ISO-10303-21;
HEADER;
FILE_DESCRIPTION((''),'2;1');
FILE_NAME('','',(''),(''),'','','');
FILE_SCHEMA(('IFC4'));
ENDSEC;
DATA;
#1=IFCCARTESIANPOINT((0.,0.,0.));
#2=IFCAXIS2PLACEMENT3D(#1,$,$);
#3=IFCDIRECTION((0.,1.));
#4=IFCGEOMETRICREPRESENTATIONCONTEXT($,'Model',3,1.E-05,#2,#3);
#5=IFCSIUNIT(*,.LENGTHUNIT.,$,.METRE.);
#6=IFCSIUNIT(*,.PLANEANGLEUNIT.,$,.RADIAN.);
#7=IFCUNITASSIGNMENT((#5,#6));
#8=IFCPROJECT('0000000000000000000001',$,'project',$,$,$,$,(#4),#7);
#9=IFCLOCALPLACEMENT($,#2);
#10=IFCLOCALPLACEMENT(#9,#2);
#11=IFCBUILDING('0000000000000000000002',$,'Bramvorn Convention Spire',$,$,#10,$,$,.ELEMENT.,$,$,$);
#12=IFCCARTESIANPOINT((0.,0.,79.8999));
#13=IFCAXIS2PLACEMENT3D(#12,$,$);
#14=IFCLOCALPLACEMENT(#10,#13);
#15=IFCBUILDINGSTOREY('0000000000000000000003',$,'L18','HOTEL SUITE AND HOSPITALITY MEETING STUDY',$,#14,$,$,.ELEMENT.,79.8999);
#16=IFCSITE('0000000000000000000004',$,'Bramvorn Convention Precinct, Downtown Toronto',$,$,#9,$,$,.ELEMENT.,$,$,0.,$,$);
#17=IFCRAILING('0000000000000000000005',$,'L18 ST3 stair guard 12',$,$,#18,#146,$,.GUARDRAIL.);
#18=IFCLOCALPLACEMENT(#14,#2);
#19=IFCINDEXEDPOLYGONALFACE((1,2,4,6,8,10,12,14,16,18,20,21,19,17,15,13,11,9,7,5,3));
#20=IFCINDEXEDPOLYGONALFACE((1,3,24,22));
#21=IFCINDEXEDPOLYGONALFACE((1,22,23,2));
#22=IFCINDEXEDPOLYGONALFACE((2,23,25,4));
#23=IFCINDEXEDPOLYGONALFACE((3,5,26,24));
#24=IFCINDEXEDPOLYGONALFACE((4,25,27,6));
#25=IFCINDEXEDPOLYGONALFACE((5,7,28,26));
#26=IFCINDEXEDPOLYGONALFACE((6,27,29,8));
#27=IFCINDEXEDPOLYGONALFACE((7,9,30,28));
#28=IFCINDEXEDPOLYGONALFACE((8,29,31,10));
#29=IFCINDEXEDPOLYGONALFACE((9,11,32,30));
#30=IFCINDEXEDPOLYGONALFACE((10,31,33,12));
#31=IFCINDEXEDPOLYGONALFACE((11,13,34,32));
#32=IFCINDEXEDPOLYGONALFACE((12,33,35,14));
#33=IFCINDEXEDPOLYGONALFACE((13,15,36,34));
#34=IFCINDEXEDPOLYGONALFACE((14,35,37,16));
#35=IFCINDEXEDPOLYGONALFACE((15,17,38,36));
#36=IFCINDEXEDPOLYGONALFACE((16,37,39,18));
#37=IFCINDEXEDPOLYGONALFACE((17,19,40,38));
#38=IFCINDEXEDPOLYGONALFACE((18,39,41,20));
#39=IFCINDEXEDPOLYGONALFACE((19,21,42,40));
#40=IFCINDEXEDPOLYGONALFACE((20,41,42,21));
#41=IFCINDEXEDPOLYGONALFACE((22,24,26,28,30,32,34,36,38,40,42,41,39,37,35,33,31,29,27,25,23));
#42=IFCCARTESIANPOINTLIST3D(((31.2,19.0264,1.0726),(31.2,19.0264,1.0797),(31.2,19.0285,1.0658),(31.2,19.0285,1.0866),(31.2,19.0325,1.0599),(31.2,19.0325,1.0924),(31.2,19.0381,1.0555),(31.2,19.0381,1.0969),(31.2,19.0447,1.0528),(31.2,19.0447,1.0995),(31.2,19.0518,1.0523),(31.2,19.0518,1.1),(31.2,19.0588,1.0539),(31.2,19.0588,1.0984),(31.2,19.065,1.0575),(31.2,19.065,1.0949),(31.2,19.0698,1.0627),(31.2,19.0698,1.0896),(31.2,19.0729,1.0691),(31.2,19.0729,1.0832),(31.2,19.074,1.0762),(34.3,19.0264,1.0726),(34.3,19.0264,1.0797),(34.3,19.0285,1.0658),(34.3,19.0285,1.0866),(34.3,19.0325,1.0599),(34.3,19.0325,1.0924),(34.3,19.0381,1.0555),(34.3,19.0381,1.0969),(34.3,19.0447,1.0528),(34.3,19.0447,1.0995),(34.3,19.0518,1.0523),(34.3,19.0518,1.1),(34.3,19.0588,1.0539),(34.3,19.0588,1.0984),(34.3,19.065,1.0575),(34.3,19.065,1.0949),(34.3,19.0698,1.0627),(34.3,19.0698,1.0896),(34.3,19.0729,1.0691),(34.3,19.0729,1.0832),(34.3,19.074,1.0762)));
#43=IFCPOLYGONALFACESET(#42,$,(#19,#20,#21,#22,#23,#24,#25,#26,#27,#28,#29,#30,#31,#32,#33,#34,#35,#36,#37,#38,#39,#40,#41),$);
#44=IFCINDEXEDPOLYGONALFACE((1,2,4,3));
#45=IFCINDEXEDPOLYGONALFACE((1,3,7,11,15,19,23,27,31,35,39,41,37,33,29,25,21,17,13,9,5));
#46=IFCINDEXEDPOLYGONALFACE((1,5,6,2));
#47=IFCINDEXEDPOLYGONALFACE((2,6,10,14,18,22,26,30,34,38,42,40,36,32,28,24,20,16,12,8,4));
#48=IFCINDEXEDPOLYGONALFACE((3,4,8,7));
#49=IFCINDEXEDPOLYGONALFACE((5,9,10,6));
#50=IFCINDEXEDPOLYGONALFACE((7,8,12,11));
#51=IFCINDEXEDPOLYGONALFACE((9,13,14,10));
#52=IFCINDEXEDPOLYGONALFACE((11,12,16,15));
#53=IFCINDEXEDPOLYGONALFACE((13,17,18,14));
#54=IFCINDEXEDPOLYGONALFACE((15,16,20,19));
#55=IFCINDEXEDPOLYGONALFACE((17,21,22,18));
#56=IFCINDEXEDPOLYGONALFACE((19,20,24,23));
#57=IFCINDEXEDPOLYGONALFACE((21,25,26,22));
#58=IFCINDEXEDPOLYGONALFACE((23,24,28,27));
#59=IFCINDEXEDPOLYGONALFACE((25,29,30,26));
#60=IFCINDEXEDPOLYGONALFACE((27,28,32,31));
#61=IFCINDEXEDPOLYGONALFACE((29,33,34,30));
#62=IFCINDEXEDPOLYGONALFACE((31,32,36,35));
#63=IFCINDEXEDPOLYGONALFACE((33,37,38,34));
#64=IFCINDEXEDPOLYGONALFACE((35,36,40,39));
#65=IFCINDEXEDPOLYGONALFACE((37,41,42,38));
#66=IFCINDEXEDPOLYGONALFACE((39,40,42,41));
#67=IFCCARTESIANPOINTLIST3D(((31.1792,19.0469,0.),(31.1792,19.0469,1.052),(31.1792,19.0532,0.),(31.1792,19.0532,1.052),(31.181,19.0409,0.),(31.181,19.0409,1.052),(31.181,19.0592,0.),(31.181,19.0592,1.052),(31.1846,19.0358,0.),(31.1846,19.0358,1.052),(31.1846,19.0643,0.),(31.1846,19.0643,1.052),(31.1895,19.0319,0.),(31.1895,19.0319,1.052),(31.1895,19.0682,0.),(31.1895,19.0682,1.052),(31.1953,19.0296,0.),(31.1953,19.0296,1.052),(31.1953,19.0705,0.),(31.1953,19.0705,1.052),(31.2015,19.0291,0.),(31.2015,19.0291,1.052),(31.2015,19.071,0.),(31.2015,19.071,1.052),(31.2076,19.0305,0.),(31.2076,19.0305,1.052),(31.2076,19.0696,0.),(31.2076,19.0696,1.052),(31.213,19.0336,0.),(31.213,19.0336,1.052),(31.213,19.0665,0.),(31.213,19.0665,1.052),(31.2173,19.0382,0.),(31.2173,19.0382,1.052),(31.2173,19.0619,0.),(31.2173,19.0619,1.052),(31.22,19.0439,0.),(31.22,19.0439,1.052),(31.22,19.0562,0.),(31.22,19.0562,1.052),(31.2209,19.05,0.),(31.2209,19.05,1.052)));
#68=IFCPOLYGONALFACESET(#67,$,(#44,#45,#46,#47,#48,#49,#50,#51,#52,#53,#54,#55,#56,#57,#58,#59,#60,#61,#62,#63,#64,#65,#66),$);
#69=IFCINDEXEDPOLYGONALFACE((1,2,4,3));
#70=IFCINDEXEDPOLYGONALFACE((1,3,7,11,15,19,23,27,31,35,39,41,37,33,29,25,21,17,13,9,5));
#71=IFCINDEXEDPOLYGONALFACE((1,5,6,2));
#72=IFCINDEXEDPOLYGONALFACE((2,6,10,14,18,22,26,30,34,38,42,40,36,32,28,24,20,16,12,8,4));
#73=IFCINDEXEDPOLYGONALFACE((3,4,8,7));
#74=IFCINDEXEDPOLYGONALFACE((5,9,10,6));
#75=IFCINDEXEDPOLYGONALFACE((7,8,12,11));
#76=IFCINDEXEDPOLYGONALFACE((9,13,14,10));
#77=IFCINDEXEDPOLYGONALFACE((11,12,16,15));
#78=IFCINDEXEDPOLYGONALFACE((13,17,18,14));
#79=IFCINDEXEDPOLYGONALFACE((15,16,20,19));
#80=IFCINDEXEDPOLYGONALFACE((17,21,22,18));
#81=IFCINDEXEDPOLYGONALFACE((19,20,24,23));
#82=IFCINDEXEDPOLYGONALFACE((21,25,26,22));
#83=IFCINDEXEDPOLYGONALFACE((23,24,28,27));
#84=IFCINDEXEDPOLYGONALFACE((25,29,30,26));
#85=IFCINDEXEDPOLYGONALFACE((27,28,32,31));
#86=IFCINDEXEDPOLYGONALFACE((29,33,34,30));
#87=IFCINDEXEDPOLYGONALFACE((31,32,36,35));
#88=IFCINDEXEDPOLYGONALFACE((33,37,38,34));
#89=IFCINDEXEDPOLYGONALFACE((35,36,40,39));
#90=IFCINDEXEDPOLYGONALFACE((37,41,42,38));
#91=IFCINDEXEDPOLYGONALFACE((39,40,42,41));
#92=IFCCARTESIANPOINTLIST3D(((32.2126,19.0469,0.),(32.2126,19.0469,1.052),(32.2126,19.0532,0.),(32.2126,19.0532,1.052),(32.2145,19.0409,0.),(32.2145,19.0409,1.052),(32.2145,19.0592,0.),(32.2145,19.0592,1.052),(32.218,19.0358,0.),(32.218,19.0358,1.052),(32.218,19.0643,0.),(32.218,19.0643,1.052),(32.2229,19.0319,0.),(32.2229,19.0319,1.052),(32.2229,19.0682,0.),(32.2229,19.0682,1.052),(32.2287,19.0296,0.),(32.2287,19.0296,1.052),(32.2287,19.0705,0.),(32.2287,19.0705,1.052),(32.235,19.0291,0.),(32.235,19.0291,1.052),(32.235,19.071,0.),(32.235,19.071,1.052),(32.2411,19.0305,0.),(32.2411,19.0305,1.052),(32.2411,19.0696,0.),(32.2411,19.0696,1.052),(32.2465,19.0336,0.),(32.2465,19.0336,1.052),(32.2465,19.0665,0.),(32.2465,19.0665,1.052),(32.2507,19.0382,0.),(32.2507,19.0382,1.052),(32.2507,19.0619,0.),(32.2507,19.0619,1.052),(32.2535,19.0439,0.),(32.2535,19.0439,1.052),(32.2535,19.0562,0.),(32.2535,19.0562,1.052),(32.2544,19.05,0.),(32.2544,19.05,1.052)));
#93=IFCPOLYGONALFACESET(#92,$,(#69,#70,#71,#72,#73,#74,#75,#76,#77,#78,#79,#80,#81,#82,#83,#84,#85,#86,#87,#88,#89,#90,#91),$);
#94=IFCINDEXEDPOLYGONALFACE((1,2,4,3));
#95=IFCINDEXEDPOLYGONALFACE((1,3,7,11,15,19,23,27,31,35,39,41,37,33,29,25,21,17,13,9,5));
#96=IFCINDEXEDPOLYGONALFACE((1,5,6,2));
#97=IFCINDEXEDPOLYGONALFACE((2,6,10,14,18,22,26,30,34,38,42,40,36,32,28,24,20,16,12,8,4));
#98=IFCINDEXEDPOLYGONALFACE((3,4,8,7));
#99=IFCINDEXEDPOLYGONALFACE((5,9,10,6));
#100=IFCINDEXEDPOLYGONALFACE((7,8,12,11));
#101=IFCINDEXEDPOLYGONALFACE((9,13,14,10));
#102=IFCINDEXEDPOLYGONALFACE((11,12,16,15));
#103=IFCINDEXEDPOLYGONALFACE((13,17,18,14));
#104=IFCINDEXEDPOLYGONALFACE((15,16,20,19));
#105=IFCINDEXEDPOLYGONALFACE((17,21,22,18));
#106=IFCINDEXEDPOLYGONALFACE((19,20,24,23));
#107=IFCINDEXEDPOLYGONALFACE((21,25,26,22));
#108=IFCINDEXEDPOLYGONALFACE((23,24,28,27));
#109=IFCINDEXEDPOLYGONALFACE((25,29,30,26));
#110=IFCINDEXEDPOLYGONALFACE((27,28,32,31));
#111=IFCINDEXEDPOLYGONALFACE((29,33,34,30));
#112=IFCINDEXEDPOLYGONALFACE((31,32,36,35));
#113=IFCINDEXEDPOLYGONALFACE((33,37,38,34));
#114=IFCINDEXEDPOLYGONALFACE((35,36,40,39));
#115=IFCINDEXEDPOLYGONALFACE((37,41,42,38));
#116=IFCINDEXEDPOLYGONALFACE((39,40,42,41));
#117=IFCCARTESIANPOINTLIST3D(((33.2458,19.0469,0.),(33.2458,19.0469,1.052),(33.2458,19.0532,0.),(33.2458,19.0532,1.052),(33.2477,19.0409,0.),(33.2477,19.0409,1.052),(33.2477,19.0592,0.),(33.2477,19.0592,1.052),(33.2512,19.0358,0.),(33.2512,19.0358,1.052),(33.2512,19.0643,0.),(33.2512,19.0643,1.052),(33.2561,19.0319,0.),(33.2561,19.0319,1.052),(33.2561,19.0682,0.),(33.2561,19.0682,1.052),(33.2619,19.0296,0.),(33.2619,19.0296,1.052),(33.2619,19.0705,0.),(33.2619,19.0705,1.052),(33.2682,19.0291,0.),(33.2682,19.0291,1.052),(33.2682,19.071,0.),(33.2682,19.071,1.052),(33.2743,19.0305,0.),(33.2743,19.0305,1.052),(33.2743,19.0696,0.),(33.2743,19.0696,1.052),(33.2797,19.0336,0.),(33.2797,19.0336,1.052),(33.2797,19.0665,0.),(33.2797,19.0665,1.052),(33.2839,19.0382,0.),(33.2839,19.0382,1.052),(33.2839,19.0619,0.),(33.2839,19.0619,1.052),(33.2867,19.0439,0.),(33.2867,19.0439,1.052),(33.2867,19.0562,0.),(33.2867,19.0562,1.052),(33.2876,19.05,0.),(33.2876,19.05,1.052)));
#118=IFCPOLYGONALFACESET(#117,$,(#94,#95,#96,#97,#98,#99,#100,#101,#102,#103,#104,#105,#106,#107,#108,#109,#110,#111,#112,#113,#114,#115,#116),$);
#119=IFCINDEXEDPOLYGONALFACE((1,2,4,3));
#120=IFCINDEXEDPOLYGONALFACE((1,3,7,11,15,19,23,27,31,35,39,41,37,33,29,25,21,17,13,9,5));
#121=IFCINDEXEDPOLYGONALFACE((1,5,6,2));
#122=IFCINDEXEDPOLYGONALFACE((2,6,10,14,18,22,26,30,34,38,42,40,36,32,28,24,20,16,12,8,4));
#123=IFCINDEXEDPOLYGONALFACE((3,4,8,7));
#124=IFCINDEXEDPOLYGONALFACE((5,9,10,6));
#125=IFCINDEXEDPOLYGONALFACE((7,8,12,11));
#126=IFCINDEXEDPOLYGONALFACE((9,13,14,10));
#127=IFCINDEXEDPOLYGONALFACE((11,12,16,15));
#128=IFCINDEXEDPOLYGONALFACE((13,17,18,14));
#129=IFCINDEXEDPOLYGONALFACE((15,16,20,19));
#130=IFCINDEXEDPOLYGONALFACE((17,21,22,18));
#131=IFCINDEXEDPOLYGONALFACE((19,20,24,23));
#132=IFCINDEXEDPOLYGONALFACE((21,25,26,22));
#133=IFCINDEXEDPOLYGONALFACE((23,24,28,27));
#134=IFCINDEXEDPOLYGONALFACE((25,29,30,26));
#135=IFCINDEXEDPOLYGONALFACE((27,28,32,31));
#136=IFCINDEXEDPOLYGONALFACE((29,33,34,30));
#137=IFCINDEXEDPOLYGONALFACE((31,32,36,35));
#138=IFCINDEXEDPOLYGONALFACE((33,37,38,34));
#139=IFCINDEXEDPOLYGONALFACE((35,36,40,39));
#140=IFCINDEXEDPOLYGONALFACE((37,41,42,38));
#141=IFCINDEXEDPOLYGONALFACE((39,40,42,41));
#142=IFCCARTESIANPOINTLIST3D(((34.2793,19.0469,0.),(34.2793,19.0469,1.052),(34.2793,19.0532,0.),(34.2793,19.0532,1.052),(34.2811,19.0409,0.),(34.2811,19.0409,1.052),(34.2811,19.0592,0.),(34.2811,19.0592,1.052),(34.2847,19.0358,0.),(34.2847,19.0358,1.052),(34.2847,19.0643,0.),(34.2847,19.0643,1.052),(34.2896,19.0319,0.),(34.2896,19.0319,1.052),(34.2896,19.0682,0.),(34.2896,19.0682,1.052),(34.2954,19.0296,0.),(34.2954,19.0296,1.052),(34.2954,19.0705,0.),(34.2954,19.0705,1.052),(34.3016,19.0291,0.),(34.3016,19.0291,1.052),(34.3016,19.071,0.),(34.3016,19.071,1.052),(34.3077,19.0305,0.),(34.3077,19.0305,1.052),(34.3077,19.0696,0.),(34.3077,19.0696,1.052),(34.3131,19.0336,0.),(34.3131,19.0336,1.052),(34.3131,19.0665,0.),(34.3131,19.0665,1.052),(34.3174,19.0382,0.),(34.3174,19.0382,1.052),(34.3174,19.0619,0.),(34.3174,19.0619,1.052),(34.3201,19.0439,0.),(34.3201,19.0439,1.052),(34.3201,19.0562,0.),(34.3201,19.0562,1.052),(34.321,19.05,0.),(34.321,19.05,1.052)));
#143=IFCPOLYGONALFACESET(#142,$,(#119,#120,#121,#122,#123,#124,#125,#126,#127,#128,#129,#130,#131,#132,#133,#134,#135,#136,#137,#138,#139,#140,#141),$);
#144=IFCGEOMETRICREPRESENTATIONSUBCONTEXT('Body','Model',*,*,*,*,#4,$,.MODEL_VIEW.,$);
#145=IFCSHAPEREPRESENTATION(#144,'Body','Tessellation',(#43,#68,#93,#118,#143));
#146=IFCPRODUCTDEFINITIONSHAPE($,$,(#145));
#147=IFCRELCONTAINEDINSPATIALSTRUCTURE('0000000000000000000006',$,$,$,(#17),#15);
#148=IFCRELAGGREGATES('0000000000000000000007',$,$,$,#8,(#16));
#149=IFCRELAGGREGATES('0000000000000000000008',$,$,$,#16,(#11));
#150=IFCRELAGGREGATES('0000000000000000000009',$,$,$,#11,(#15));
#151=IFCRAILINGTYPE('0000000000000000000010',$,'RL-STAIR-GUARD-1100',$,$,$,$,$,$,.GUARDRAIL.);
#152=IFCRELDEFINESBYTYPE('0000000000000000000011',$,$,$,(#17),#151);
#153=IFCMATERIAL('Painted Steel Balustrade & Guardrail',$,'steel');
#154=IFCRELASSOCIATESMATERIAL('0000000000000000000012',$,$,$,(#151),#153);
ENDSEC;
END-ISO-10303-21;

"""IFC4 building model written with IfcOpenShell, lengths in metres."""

from ifc_helpers import new_model, si_unit, direction, frame, origin, origin_2d, place, context, subcontext, project, spatial, circle, extrude, material, type_object, element, save


model = new_model("IFC4")

# Units and contexts
model_context = context("Model", 3, precision=1e-05, world=origin(), true_north=direction((0.0, 1.0)))
body_context = subcontext(model_context, "Body", "Model", "MODEL_VIEW")
ifc_project = project(units=[si_unit("LENGTHUNIT", "METRE"), si_unit("PLANEANGLEUNIT", "RADIAN")], contexts=[model_context])

# Site, building, storey
site_placement = place(None, origin())
site = spatial("IfcSite", under=ifc_project, at=site_placement, Name="Bramvorn Convention Precinct, Downtown Toronto", CompositionType="ELEMENT", RefElevation=0.0)
building_placement = place(site_placement, origin())
building = spatial("IfcBuilding", under=site, at=building_placement, Name="Bramvorn Convention Spire", CompositionType="ELEMENT")
storey_placement = place(building_placement, frame((0.0, 0.0, 79.8999)))
storey = spatial("IfcBuildingStorey", under=building, at=storey_placement, Name="L18", Description="HOTEL SUITE AND HOSPITALITY MEETING STUDY", CompositionType="ELEMENT", Elevation=79.8999)

# Railing
ifc_material_1 = material(Name="Painted Steel Balustrade & Guardrail", Category="steel")
railing_type = type_object("IfcRailingType", Name="RL-STAIR-GUARD-1100", PredefinedType="GUARDRAIL", material=ifc_material_1)
railing_1_placement = place(storey_placement, frame((31.2, 19.05, 0.0)))
element("IfcRailing", 1, at=railing_1_placement, inside=storey, type_object=railing_type, Name="L18 ST3 stair guard 12", PredefinedType="GUARDRAIL", context=body_context, shape_type="SweptSolid", body=[
    extrude(circle(Radius=0.0239, at=origin_2d()), frame((0.0, 0.0, 1.0762), z_axis=(1.0, 0.0, 0.0), x_axis=(0.0, 1.0, 0.0)), (0.0, 0.0, 1.0), 3.1001),
    extrude(circle(Radius=0.021, at=origin_2d()), origin(), (0.0, 0.0, 1.0), 1.052),
    extrude(circle(Radius=0.021, at=origin_2d()), frame((1.0334, 0.0, 0.0)), (0.0, 0.0, 1.0), 1.052),
    extrude(circle(Radius=0.021, at=origin_2d()), frame((2.0667, 0.0, 0.0)), (0.0, 0.0, 1.0), 1.052),
    extrude(circle(Radius=0.021, at=origin_2d()), frame((3.1001, 0.0, 0.0)), (0.0, 0.0, 1.0), 1.052),
])

save(model, "model.ifc")
